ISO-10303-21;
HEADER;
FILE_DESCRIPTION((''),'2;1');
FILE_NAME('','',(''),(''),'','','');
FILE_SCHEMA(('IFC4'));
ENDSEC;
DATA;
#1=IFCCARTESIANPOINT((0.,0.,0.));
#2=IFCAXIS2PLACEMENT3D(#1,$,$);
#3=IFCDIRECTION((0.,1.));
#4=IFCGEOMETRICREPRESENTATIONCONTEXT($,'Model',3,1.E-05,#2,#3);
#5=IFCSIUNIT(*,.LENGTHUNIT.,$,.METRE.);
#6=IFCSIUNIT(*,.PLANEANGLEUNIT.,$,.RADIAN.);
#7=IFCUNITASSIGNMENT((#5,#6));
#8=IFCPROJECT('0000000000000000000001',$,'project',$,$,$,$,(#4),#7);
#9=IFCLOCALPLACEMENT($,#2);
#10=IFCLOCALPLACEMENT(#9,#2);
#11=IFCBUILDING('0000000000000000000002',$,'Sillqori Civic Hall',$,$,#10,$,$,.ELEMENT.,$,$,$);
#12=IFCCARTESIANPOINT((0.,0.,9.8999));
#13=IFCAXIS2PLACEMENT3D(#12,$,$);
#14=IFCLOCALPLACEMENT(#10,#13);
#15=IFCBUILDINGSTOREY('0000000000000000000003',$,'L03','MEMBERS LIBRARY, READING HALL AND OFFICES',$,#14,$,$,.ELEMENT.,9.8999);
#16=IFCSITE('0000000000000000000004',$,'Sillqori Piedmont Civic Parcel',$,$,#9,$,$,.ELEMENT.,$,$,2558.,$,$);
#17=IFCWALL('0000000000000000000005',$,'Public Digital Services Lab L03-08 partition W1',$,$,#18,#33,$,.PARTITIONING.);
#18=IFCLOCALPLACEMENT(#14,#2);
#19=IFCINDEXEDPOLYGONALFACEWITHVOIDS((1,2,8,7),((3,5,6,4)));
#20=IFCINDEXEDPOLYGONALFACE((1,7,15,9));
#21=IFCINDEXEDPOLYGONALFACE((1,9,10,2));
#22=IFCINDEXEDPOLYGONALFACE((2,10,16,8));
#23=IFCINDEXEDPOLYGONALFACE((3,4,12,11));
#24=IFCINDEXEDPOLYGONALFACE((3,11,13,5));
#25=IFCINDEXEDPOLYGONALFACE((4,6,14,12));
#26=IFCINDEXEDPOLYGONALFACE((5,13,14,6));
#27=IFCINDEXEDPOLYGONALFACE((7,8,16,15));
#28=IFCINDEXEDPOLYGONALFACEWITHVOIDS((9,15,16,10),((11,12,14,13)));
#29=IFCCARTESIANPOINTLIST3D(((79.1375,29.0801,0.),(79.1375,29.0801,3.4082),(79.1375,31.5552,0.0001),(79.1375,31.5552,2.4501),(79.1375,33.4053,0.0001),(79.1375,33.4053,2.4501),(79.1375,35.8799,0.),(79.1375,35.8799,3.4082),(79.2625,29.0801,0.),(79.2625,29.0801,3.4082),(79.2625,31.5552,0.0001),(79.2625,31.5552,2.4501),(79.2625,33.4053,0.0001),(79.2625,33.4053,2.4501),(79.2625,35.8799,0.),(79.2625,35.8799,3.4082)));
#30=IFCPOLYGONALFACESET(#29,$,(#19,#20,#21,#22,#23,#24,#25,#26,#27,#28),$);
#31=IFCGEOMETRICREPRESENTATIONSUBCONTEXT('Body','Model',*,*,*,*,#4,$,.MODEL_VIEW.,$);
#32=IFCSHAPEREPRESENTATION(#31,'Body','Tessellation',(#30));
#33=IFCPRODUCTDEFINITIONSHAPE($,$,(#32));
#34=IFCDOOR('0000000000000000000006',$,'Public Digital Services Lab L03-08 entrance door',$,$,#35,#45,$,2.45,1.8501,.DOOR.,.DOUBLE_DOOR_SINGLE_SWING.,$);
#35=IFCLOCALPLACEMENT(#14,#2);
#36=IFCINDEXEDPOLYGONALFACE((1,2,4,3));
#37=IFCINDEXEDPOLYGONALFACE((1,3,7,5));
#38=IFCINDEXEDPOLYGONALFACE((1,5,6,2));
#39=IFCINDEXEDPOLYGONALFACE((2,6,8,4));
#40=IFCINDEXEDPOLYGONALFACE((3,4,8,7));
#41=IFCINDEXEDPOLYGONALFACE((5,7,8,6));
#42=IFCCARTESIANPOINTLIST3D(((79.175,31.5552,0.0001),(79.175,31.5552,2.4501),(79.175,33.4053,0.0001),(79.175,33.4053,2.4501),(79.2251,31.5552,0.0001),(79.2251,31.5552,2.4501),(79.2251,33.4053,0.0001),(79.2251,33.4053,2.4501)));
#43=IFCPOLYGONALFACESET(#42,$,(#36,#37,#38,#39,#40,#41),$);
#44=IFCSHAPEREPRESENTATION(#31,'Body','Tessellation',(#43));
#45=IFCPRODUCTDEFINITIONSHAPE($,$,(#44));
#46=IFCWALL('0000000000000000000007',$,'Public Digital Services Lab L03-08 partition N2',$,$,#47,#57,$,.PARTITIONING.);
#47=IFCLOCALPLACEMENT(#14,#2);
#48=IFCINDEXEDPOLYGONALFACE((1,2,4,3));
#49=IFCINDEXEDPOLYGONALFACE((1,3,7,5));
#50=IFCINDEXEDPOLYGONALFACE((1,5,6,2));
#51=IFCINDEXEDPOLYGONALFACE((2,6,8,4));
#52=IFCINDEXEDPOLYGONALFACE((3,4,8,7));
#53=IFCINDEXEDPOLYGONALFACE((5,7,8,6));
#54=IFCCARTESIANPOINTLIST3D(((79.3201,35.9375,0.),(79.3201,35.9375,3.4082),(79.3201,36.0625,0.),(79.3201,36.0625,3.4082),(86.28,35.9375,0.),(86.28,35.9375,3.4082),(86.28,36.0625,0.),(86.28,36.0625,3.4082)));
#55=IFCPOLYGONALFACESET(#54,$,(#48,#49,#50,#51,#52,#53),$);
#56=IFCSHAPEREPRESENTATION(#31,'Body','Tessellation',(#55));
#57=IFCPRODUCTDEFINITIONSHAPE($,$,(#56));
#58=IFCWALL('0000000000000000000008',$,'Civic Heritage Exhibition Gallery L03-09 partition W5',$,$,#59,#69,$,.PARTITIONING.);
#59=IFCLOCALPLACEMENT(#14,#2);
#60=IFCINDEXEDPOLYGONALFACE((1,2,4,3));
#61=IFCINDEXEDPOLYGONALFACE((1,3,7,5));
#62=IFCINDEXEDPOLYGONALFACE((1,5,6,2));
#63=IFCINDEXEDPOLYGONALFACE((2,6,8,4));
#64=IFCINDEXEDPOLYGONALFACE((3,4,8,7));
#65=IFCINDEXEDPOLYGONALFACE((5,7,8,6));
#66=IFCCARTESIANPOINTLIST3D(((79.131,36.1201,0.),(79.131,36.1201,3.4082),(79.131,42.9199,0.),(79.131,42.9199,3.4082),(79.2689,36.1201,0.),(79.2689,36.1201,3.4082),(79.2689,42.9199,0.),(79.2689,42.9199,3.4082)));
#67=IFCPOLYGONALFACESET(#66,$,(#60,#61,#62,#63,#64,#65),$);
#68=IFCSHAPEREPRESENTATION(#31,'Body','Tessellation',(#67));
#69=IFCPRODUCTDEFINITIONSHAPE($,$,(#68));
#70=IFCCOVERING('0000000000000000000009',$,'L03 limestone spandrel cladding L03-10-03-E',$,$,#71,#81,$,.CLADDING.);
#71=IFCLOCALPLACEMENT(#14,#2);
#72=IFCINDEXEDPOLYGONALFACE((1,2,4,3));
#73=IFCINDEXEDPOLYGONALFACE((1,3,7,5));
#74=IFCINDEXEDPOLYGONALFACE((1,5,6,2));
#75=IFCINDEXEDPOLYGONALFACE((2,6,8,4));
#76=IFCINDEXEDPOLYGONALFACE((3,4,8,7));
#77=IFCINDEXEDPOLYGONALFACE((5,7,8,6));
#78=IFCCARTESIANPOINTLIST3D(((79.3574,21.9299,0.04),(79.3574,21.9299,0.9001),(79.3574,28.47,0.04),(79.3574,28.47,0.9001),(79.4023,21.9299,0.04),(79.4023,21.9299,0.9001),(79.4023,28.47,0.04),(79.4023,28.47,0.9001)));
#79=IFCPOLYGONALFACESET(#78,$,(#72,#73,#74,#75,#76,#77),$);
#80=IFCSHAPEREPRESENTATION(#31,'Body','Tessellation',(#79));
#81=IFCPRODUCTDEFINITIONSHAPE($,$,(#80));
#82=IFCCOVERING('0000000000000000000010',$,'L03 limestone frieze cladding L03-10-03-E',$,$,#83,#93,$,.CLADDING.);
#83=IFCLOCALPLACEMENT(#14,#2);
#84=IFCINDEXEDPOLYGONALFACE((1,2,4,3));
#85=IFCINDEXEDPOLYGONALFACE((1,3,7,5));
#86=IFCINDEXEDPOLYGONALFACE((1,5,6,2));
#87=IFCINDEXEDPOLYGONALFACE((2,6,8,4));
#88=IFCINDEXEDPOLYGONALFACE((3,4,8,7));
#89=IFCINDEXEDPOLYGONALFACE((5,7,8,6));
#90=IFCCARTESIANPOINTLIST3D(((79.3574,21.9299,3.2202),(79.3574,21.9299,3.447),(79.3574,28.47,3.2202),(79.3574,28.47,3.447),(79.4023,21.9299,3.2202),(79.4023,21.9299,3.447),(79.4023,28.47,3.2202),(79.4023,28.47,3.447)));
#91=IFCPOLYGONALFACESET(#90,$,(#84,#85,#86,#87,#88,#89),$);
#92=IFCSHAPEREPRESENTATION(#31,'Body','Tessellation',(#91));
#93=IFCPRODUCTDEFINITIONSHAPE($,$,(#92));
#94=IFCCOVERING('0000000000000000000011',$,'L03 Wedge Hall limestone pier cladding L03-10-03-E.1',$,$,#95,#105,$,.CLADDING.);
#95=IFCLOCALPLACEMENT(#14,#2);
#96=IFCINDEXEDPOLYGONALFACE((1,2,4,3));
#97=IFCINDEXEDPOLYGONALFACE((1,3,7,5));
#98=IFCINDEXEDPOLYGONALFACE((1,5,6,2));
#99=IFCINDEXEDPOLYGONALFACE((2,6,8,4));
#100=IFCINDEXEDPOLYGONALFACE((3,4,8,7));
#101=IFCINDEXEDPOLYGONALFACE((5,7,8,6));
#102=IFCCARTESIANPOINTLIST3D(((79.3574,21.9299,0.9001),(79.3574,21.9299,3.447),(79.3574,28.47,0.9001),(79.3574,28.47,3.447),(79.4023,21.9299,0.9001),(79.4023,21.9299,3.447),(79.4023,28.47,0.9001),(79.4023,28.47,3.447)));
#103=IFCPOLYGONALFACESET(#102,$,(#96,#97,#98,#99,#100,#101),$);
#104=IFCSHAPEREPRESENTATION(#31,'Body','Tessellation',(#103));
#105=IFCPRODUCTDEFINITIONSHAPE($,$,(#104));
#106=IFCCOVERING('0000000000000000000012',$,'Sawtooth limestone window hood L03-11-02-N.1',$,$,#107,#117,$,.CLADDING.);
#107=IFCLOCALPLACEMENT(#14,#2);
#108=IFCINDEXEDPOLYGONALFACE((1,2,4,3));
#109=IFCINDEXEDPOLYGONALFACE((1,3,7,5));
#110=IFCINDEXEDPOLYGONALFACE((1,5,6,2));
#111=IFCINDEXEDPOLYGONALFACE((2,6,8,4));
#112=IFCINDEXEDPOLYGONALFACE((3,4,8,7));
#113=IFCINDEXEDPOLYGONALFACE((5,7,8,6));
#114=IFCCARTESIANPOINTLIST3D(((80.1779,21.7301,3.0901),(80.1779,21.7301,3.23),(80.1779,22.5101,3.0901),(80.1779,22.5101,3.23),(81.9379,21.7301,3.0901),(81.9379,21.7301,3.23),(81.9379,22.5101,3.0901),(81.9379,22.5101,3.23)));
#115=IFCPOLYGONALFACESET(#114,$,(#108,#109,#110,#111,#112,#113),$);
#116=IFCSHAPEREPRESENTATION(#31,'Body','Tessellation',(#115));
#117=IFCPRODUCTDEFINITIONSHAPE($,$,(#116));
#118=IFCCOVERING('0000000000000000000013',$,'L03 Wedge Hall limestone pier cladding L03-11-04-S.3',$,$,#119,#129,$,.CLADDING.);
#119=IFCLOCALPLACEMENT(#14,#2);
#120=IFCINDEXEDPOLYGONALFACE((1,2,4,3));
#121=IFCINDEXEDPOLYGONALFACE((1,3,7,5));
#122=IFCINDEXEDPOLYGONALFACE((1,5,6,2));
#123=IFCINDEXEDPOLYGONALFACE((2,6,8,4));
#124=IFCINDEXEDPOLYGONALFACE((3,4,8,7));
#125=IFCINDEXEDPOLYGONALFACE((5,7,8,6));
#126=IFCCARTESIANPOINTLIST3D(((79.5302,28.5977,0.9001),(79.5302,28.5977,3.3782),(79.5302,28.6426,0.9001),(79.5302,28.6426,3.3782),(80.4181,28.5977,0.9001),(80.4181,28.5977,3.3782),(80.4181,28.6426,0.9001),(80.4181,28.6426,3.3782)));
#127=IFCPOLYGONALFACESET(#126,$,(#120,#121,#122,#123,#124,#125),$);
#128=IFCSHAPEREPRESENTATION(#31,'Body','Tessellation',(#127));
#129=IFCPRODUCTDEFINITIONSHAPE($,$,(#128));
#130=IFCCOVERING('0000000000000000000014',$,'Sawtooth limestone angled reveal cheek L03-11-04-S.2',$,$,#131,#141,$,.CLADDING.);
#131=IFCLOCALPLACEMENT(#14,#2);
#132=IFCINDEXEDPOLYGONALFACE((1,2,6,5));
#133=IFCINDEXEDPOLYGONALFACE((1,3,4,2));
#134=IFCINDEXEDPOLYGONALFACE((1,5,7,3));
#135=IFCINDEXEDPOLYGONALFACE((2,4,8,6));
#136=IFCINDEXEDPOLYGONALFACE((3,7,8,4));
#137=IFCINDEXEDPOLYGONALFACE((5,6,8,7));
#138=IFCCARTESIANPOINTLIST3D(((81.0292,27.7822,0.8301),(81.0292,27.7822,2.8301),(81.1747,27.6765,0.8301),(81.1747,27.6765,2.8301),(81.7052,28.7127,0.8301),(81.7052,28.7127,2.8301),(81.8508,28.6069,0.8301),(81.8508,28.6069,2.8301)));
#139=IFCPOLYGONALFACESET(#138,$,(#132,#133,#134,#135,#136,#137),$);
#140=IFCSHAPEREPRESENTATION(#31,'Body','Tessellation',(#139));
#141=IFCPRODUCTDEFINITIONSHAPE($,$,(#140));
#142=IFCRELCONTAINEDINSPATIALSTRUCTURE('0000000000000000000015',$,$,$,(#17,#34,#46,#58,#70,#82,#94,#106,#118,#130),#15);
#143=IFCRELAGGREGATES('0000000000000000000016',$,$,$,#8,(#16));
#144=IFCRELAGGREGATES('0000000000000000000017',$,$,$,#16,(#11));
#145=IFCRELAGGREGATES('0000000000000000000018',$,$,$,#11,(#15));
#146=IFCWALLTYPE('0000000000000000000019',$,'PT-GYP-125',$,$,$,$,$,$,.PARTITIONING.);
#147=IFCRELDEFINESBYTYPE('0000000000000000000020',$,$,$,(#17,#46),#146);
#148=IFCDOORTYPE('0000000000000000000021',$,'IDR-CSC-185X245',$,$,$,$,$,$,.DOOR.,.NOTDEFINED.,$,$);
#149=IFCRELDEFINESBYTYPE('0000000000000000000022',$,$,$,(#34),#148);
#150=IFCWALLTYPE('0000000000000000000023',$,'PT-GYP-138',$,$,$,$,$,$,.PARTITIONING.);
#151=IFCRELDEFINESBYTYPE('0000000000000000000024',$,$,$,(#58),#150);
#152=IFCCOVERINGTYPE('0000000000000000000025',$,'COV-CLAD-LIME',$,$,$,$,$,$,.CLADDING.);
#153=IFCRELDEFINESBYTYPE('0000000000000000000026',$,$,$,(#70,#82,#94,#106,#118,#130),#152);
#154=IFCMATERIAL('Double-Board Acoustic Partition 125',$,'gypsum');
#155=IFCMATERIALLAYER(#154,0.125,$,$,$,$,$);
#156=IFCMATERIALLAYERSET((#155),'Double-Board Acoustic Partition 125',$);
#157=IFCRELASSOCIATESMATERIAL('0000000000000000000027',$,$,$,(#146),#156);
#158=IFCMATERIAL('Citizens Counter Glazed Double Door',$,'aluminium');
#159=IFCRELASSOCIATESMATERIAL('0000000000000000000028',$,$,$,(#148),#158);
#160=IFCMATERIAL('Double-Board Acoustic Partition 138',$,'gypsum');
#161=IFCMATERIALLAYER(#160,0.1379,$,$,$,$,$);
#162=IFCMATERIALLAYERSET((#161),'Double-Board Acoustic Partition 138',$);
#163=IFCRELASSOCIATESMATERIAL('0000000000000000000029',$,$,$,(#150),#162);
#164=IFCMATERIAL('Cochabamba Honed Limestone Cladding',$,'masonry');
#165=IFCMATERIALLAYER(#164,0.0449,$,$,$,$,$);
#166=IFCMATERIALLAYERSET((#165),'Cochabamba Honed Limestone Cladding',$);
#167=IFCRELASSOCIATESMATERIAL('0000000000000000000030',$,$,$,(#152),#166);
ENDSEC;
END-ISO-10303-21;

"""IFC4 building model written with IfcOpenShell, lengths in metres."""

from ifc_helpers import new_model, si_unit, direction, frame, frame_2d, origin, place, context, subcontext, project, spatial, rectangle, extrude, material, layer, layer_set, type_object, element, fill, save


model = new_model("IFC4")

# Units and contexts
model_context = context("Model", 3, precision=1e-05, world=origin(), true_north=direction((0.0, 1.0)))
body_context = subcontext(model_context, "Body", "Model", "MODEL_VIEW")
ifc_project = project(units=[si_unit("LENGTHUNIT", "METRE"), si_unit("PLANEANGLEUNIT", "RADIAN")], contexts=[model_context])

# Site, building, storey
site_placement = place(None, origin())
site = spatial("IfcSite", under=ifc_project, at=site_placement, Name="Sillqori Piedmont Civic Parcel", CompositionType="ELEMENT", RefElevation=2558.0)
building_placement = place(site_placement, origin())
building = spatial("IfcBuilding", under=site, at=building_placement, Name="Sillqori Civic Hall", CompositionType="ELEMENT")
storey_placement = place(building_placement, frame((0.0, 0.0, 9.8999)))
storey = spatial("IfcBuildingStorey", under=building, at=storey_placement, Name="L03", Description="MEMBERS LIBRARY, READING HALL AND OFFICES", CompositionType="ELEMENT", Elevation=9.8999)

# Wall, opening, door
ifc_material_1 = material(Name="Double-Board Acoustic Partition 125", Category="gypsum")
ifc_layer_1 = layer(ifc_material_1, 0.125)
ifc_layer_set_1 = layer_set([ifc_layer_1], Name="Double-Board Acoustic Partition 125")
wall_type_1 = type_object("IfcWallType", Name="PT-GYP-125", PredefinedType="PARTITIONING", material=ifc_layer_set_1)
wall_1_placement = place(storey_placement, frame((79.2, 29.0801, 0.0), z_axis=(0.0, 0.0, 1.0), x_axis=(0.0, 1.0, 0.0)))
wall_1 = element("IfcWall", 1, at=wall_1_placement, inside=storey, type_object=wall_type_1, Name="Public Digital Services Lab L03-08 partition W1", PredefinedType="PARTITIONING", context=body_context, shape_type="SweptSolid", body=[
    extrude(rectangle(XDim=6.7998, YDim=0.125, at=frame_2d((3.3999, 0.0))), origin(), (0.0, 0.0, 1.0), 3.4082),
])
opening_placement = place(wall_1_placement, frame((2.4751, 0.0, 0.0)))
opening = element("IfcOpeningElement", 2, at=opening_placement, cuts=wall_1, PredefinedType="OPENING", context=body_context, shape_type="SweptSolid", body=[
    extrude(rectangle(XDim=1.8501, YDim=2.45, at=frame_2d((0.925, 1.2251))), frame((0.0, 0.0725, 0.0), z_axis=(0.0, -1.0, 0.0), x_axis=(1.0, 0.0, 0.0)), (0.0, 0.0, 1.0), 0.145),
])
ifc_material_2 = material(Name="Citizens Counter Glazed Double Door", Category="aluminium")
door_type = type_object("IfcDoorType", Name="IDR-CSC-185X245", OperationType="NOTDEFINED", PredefinedType="DOOR", material=ifc_material_2)
door_placement = place(opening_placement, origin())
door = element("IfcDoor", 3, at=door_placement, inside=storey, type_object=door_type, Name="Public Digital Services Lab L03-08 entrance door", OperationType="DOUBLE_DOOR_SINGLE_SWING", OverallHeight=2.45, OverallWidth=1.8501, PredefinedType="DOOR", context=body_context, shape_type="SweptSolid", body=[
    extrude(rectangle(XDim=1.8501, YDim=2.45, at=frame_2d((0.925, 1.2251))), frame((0.0, 0.0249, 0.0), z_axis=(0.0, -1.0, 0.0), x_axis=(1.0, 0.0, 0.0)), (0.0, 0.0, 1.0), 0.05),
])
fill(opening, door)

# Walls
wall_2_placement = place(storey_placement, frame((79.3201, 36.0, 0.0), z_axis=(0.0, 0.0, 1.0), x_axis=(1.0, 0.0, 0.0)))
element("IfcWall", 4, at=wall_2_placement, inside=storey, type_object=wall_type_1, Name="Public Digital Services Lab L03-08 partition N2", PredefinedType="PARTITIONING", context=body_context, shape_type="SweptSolid", body=[
    extrude(rectangle(XDim=6.96, YDim=0.125, at=frame_2d((3.48, 0.0))), origin(), (0.0, 0.0, 1.0), 3.4082),
])
ifc_material_3 = material(Name="Double-Board Acoustic Partition 138", Category="gypsum")
ifc_layer_2 = layer(ifc_material_3, 0.1379)
ifc_layer_set_2 = layer_set([ifc_layer_2], Name="Double-Board Acoustic Partition 138")
wall_type_2 = type_object("IfcWallType", Name="PT-GYP-138", PredefinedType="PARTITIONING", material=ifc_layer_set_2)
wall_3_placement = place(storey_placement, frame((79.2, 36.1201, 0.0), z_axis=(0.0, 0.0, 1.0), x_axis=(0.0, 1.0, 0.0)))
element("IfcWall", 5, at=wall_3_placement, inside=storey, type_object=wall_type_2, Name="Civic Heritage Exhibition Gallery L03-09 partition W5", PredefinedType="PARTITIONING", context=body_context, shape_type="SweptSolid", body=[
    extrude(rectangle(XDim=6.7998, YDim=0.1379, at=frame_2d((3.3999, 0.0))), origin(), (0.0, 0.0, 1.0), 3.4082),
])

# Coverings
ifc_material_4 = material(Name="Cochabamba Honed Limestone Cladding", Category="masonry")
ifc_layer_3 = layer(ifc_material_4, 0.0449)
ifc_layer_set_3 = layer_set([ifc_layer_3], Name="Cochabamba Honed Limestone Cladding")
covering_type = type_object("IfcCoveringType", Name="COV-CLAD-LIME", PredefinedType="CLADDING", material=ifc_layer_set_3)
covering_1_placement = place(storey_placement, frame((79.3799, 28.47, 0.04), z_axis=(0.0, 0.0, 1.0), x_axis=(0.0, -1.0, 0.0)))
element("IfcCovering", 6, at=covering_1_placement, inside=storey, type_object=covering_type, Name="L03 limestone spandrel cladding L03-10-03-E", PredefinedType="CLADDING", context=body_context, shape_type="SweptSolid", body=[
    extrude(rectangle(XDim=6.54, YDim=0.0449, at=frame_2d((3.27, 0.0))), origin(), (0.0, 0.0, 1.0), 0.8601),
])
covering_2_placement = place(storey_placement, frame((79.3799, 28.47, 3.2202), z_axis=(0.0, 0.0, 1.0), x_axis=(0.0, -1.0, 0.0)))
element("IfcCovering", 7, at=covering_2_placement, inside=storey, type_object=covering_type, Name="L03 limestone frieze cladding L03-10-03-E", PredefinedType="CLADDING", context=body_context, shape_type="SweptSolid", body=[
    extrude(rectangle(XDim=6.54, YDim=0.0449, at=frame_2d((3.27, 0.0))), origin(), (0.0, 0.0, 1.0), 0.2268),
])
covering_3_placement = place(storey_placement, frame((79.3799, 28.47, 0.9001), z_axis=(0.0, 0.0, 1.0), x_axis=(0.0, -1.0, 0.0)))
element("IfcCovering", 8, at=covering_3_placement, inside=storey, type_object=covering_type, Name="L03 Wedge Hall limestone pier cladding L03-10-03-E.1", PredefinedType="CLADDING", context=body_context, shape_type="SweptSolid", body=[
    extrude(rectangle(XDim=6.54, YDim=0.0449, at=frame_2d((3.27, 0.0))), origin(), (0.0, 0.0, 1.0), 2.5469),
])
covering_4_placement = place(storey_placement, frame((80.178, 22.1201, 3.0901), z_axis=(0.0, 0.0, 1.0), x_axis=(1.0, 0.0, 0.0)))
element("IfcCovering", 9, at=covering_4_placement, inside=storey, type_object=covering_type, Name="Sawtooth limestone window hood L03-11-02-N.1", PredefinedType="CLADDING", context=body_context, shape_type="SweptSolid", body=[
    extrude(rectangle(XDim=1.76, YDim=0.78, at=frame_2d((0.8799, 0.0))), origin(), (0.0, 0.0, 1.0), 0.1399),
])
covering_5_placement = place(storey_placement, frame((80.418, 28.6201, 0.9001), z_axis=(0.0, 0.0, 1.0), x_axis=(-1.0, 0.0, 0.0)))
element("IfcCovering", 10, at=covering_5_placement, inside=storey, type_object=covering_type, Name="L03 Wedge Hall limestone pier cladding L03-11-04-S.3", PredefinedType="CLADDING", context=body_context, shape_type="SweptSolid", body=[
    extrude(rectangle(XDim=0.8879, YDim=0.0449, at=frame_2d((0.4438, 0.0))), origin(), (0.0, 0.0, 1.0), 2.478),
])
covering_6_placement = place(storey_placement, frame((81.7781, 28.6599, 0.8301), z_axis=(0.0, 0.0, 1.0), x_axis=(-0.587806, -0.809002, 0.0)))
element("IfcCovering", 11, at=covering_6_placement, inside=storey, type_object=covering_type, Name="Sawtooth limestone angled reveal cheek L03-11-04-S.2", PredefinedType="CLADDING", context=body_context, shape_type="SweptSolid", body=[
    extrude(rectangle(XDim=1.1501, YDim=0.1799, at=frame_2d((0.5752, 0.0))), origin(), (0.0, 0.0, 1.0), 2.0),
])

save(model, "model.ifc")
